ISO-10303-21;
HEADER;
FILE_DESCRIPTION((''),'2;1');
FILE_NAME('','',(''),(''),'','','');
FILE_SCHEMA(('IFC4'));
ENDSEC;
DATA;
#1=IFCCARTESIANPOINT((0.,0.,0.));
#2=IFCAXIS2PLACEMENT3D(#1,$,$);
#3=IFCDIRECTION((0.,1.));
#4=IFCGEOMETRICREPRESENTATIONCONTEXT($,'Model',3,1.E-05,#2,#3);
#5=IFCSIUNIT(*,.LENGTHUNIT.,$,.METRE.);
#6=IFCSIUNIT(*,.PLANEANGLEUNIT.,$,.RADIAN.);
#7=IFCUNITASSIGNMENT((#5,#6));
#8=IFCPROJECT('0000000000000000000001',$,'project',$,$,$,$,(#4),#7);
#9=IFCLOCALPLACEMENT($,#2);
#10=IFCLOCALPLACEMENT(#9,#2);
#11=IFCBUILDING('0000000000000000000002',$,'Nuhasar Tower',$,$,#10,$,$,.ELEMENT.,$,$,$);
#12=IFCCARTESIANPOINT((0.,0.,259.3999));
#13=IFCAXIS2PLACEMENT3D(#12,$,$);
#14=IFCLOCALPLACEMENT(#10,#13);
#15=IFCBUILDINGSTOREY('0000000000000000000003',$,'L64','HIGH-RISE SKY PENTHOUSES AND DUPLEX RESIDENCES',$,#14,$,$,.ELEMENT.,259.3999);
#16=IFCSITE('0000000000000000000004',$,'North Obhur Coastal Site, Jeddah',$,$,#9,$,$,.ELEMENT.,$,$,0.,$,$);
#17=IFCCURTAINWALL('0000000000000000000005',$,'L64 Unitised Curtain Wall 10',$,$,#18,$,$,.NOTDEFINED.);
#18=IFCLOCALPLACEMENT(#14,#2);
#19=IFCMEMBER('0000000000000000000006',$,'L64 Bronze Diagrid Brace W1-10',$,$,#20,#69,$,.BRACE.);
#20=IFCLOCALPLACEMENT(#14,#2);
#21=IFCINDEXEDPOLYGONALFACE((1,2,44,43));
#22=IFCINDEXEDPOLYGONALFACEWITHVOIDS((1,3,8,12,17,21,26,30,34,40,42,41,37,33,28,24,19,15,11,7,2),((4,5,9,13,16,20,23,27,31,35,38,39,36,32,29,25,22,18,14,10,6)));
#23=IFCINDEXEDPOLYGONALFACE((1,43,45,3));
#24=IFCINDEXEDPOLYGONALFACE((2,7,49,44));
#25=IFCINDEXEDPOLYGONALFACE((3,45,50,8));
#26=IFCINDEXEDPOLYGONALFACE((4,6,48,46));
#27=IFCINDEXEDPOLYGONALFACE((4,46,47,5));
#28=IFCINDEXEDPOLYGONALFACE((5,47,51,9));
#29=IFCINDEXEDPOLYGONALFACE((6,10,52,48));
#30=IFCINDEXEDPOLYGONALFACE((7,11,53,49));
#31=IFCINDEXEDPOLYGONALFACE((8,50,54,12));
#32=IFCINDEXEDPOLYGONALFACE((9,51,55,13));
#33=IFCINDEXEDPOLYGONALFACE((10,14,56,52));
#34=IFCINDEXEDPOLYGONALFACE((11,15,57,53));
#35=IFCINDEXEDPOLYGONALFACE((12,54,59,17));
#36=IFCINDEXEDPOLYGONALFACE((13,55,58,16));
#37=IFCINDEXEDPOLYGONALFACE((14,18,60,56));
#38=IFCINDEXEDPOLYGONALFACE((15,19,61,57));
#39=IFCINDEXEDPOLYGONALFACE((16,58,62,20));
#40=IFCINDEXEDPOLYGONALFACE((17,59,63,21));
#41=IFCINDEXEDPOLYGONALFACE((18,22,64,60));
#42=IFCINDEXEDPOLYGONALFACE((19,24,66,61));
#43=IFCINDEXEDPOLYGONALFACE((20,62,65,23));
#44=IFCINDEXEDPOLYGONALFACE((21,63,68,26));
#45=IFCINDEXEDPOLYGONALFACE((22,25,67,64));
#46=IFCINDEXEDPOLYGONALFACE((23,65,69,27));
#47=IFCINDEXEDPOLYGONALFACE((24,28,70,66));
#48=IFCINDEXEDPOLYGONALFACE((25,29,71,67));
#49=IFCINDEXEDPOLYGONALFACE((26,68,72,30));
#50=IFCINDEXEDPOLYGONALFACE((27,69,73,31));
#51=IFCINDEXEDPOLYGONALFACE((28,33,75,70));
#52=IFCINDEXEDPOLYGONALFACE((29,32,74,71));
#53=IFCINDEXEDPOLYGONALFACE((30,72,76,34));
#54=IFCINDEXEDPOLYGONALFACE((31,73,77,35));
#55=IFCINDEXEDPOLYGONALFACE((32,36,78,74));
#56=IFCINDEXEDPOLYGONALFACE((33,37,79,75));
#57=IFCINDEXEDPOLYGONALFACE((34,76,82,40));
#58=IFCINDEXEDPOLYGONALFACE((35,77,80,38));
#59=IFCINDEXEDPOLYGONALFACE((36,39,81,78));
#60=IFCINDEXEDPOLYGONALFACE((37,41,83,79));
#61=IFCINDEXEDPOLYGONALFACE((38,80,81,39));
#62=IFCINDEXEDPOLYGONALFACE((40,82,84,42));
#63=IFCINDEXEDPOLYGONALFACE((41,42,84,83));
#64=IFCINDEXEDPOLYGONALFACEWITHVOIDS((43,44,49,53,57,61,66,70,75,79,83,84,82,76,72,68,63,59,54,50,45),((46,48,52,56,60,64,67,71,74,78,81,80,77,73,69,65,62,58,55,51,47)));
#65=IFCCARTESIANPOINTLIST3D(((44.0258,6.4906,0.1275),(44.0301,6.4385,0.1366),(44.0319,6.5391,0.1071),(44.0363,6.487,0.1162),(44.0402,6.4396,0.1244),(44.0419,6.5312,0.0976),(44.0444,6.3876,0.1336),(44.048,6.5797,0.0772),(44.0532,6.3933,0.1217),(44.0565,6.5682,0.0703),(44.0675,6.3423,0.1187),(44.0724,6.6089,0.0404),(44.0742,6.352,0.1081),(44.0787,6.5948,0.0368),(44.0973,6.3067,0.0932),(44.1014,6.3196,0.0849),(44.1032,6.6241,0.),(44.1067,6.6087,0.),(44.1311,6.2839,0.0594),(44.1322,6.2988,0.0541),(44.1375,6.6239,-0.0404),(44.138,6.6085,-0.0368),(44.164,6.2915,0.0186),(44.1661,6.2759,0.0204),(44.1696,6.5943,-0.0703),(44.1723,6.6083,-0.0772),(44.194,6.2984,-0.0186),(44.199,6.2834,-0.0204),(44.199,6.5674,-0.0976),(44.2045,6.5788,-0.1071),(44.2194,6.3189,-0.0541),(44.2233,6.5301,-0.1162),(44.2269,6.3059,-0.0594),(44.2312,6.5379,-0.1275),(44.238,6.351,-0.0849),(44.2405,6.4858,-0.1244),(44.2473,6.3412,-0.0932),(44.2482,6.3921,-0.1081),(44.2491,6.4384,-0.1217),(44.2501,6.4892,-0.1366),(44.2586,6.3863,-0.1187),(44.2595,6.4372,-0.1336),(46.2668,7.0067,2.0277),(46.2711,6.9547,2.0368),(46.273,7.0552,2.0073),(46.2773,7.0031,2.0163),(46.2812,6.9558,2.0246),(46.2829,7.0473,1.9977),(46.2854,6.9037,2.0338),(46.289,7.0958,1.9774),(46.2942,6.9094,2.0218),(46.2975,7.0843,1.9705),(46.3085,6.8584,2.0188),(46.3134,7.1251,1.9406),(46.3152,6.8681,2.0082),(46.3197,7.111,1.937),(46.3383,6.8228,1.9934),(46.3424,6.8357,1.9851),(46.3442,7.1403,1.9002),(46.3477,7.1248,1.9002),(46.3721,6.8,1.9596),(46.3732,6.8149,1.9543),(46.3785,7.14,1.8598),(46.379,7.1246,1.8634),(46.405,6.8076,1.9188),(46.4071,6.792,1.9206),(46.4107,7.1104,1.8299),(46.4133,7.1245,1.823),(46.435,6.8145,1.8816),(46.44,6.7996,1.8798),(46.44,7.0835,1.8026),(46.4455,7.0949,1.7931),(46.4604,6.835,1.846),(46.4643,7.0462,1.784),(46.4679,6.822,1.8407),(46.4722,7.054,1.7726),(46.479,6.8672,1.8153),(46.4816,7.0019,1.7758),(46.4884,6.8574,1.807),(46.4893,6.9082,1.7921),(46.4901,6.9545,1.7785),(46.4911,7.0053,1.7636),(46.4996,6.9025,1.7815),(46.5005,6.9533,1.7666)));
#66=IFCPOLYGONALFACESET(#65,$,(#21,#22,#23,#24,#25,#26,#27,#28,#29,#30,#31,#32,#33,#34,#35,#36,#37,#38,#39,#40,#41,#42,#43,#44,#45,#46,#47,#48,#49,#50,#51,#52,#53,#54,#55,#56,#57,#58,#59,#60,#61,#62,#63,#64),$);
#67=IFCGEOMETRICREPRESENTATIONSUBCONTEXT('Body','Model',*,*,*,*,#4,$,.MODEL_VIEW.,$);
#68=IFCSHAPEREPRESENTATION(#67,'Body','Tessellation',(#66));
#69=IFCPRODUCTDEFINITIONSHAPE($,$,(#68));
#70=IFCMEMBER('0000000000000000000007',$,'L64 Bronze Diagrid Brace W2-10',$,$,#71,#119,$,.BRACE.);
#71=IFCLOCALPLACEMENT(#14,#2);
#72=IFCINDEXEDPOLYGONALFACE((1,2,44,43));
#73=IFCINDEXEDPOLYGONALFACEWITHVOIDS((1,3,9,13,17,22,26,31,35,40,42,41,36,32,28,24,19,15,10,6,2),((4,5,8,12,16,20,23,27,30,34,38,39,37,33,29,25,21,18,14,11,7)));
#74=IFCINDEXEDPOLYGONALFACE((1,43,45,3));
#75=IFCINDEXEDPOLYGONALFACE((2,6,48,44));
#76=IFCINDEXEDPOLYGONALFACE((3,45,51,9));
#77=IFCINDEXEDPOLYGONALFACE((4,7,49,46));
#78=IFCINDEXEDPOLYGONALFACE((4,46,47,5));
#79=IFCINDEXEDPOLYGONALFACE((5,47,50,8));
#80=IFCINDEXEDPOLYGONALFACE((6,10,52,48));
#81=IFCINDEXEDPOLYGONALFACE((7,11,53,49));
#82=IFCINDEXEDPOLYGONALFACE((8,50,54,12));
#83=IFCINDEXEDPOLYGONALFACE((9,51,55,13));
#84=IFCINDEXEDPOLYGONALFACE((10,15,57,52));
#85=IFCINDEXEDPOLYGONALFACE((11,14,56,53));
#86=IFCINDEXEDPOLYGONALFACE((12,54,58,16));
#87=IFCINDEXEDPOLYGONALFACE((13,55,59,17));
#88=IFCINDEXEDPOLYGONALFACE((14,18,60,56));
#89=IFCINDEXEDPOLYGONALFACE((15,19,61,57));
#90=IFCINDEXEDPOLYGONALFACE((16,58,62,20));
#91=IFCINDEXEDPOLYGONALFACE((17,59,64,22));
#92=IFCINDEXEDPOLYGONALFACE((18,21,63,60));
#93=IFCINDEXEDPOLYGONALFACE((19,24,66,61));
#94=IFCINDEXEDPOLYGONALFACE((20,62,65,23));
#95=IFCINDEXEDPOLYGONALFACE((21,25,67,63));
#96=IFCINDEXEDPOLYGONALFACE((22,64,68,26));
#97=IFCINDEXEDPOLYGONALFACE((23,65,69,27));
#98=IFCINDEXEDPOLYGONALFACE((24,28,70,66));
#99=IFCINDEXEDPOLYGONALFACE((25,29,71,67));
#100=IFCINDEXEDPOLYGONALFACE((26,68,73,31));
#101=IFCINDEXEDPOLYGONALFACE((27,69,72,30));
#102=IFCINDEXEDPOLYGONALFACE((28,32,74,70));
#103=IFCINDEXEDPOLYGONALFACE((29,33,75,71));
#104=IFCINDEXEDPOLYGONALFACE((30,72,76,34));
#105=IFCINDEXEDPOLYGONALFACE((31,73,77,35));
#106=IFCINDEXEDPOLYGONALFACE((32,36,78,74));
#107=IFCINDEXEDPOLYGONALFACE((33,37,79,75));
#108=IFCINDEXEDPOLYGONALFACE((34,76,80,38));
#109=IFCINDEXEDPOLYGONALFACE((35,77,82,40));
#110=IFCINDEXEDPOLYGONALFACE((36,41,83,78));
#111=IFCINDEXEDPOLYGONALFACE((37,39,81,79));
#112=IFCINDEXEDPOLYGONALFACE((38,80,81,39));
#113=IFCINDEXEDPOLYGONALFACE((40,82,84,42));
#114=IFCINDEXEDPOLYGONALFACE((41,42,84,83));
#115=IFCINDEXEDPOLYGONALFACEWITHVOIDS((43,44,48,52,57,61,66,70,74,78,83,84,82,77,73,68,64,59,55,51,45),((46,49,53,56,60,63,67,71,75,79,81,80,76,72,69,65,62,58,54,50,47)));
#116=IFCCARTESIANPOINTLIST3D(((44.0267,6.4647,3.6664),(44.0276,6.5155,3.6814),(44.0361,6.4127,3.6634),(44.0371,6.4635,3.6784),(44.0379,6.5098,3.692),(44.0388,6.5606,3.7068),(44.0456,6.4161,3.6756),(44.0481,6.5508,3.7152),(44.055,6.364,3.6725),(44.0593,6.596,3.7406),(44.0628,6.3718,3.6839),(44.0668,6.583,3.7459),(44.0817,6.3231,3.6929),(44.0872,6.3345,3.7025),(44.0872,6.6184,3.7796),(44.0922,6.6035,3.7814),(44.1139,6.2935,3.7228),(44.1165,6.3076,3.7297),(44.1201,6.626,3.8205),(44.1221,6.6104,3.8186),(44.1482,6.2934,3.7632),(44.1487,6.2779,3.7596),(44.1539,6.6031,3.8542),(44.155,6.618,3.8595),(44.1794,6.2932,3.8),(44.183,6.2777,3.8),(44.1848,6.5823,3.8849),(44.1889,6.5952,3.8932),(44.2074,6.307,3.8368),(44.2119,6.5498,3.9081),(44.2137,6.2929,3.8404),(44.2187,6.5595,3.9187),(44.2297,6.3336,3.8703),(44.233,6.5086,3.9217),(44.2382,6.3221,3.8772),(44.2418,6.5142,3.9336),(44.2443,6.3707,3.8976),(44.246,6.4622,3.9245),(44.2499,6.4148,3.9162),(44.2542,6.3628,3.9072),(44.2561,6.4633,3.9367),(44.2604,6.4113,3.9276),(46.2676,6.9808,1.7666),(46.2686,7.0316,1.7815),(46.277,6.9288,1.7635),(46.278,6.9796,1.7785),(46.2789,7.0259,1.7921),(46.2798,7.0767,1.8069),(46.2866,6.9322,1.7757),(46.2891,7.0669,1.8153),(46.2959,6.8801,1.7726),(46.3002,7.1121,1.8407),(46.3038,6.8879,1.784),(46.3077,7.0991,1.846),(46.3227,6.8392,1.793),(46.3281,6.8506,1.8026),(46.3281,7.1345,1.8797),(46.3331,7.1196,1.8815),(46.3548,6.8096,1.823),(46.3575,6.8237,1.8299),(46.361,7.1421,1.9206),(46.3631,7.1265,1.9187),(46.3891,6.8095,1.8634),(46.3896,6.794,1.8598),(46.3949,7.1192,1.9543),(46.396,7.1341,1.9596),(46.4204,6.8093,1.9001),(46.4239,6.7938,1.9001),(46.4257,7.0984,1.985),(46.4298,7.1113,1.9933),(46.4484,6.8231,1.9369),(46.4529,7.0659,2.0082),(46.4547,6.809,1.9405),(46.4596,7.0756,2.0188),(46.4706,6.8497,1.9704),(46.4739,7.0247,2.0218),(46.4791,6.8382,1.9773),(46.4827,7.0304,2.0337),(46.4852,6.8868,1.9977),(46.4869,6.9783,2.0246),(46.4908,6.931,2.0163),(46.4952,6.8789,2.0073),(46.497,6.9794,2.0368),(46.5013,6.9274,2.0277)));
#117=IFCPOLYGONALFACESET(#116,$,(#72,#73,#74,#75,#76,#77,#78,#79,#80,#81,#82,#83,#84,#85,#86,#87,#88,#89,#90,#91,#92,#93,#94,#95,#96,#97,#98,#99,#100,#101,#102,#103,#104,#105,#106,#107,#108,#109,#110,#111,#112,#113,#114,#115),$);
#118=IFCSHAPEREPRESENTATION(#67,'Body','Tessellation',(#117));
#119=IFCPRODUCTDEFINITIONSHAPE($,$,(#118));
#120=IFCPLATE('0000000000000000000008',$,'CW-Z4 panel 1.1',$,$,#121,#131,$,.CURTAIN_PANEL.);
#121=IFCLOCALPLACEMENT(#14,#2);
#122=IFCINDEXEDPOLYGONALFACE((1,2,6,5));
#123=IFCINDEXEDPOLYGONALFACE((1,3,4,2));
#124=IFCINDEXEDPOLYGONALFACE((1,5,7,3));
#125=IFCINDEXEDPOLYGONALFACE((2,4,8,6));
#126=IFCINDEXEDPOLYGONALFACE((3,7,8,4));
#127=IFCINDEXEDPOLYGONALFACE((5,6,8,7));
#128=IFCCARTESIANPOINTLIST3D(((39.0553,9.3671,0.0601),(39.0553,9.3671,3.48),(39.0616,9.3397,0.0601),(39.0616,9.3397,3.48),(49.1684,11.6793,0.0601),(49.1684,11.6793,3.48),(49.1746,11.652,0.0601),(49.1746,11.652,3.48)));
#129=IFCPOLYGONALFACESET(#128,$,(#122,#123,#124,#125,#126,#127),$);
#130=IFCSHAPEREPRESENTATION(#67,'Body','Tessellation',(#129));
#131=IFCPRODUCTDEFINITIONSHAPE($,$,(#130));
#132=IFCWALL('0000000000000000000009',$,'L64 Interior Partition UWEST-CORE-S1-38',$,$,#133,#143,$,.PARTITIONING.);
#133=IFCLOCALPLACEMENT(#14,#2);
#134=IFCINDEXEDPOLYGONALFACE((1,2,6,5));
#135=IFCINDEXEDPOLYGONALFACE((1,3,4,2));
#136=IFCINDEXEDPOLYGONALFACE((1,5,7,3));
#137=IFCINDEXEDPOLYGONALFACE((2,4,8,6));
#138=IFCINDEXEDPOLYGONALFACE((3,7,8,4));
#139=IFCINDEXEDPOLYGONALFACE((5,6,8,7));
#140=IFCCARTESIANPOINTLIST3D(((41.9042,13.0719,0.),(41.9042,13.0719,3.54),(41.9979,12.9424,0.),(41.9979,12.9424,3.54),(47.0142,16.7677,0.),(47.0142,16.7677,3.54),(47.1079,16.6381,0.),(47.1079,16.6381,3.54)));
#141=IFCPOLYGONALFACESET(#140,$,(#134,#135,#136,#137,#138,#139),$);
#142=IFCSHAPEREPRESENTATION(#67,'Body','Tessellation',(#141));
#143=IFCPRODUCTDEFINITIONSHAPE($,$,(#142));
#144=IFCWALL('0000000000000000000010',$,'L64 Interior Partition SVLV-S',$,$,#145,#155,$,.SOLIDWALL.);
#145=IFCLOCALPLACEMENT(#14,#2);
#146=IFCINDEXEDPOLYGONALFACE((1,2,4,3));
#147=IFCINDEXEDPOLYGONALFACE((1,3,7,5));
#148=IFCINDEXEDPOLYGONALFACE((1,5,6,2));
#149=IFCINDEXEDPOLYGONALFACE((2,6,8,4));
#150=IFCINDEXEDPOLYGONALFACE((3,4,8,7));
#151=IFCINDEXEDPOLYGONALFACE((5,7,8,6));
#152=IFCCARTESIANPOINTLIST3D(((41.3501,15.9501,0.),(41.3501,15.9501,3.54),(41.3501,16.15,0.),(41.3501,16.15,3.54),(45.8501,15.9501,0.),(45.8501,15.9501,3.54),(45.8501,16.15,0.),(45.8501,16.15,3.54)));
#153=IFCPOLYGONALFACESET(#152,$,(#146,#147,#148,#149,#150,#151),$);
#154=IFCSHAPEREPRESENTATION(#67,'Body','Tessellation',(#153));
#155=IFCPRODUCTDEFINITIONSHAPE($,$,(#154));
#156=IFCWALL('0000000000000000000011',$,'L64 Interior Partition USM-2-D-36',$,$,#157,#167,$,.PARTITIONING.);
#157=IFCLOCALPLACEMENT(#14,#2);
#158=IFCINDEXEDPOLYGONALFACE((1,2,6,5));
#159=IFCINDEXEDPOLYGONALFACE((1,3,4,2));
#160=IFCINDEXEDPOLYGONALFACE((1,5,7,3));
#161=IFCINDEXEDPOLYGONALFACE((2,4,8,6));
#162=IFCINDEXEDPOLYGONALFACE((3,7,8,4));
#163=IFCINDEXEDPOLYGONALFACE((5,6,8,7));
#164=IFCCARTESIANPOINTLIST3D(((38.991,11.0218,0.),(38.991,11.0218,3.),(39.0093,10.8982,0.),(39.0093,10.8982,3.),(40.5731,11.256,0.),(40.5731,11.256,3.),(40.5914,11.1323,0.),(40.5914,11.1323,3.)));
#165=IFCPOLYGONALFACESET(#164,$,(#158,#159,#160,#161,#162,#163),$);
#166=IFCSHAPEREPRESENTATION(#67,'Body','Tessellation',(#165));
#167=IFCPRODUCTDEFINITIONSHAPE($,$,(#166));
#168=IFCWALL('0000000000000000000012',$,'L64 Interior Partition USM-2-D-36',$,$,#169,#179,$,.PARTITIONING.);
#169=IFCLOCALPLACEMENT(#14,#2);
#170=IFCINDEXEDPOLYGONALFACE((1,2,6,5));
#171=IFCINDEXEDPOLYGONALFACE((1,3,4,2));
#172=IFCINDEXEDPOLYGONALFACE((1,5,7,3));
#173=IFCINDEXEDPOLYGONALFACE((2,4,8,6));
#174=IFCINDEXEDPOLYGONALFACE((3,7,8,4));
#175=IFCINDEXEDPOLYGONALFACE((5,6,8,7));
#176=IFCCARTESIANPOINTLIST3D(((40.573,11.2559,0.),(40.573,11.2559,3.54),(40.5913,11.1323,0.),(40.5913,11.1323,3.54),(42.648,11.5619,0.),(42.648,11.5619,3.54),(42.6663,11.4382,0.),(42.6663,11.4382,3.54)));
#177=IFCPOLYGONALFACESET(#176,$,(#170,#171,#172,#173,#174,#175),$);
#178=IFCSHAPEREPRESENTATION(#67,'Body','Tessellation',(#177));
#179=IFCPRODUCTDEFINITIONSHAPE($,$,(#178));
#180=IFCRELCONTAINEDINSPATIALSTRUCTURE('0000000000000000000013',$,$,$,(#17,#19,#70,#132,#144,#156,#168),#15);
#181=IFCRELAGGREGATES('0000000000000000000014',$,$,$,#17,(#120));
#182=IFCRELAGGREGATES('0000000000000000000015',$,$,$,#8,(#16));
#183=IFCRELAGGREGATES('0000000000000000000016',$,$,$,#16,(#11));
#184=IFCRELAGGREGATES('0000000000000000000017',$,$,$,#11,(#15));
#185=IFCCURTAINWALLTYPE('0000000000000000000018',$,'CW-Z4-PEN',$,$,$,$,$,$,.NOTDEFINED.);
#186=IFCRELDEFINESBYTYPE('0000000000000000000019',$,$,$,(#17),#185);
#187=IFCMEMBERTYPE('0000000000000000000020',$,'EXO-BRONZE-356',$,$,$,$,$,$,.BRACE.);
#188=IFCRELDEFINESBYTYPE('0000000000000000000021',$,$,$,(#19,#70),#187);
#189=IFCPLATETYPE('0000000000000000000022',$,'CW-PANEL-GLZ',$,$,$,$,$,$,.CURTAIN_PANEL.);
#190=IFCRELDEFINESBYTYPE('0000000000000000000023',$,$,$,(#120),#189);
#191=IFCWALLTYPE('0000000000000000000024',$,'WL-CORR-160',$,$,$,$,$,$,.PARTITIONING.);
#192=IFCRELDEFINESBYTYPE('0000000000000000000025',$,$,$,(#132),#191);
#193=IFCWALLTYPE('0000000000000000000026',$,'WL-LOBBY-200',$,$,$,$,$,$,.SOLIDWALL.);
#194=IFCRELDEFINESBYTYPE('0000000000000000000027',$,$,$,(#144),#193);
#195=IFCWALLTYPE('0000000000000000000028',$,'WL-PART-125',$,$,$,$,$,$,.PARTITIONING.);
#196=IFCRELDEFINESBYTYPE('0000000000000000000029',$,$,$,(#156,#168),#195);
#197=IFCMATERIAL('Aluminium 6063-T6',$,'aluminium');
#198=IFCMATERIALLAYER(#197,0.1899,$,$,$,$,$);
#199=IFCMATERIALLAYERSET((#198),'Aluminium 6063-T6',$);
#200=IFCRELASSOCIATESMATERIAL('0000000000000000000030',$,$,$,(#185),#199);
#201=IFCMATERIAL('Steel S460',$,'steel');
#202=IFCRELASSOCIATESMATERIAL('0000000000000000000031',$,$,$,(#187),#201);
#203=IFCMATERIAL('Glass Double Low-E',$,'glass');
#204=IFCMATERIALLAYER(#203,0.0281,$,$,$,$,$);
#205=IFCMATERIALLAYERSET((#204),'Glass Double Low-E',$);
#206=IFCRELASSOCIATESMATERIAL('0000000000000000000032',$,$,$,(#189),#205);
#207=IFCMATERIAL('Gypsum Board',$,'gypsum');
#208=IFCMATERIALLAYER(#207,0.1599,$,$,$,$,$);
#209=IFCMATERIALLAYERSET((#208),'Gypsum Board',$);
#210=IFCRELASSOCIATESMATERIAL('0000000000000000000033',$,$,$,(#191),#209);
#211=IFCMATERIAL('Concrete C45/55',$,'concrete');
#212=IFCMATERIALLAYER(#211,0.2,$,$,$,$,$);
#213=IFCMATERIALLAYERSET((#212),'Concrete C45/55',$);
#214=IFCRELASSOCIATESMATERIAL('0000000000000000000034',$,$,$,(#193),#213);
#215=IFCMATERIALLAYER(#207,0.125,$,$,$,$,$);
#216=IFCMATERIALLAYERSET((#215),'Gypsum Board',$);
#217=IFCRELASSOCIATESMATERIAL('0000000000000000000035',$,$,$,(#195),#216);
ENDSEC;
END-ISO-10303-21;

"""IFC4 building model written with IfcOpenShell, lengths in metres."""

from ifc_helpers import new_model, si_unit, direction, frame, frame_2d, origin, origin_2d, place, context, subcontext, project, spatial, rectangle, hollow_circle, extrude, material, layer, layer_set, material_profile, profile_set, type_object, element, aggregate, save


model = new_model("IFC4")

# Units and contexts
model_context = context("Model", 3, precision=1e-05, world=origin(), true_north=direction((0.0, 1.0)))
body_context = subcontext(model_context, "Body", "Model", "MODEL_VIEW")
ifc_project = project(units=[si_unit("LENGTHUNIT", "METRE"), si_unit("PLANEANGLEUNIT", "RADIAN")], contexts=[model_context])

# Site, building, storey
site_placement = place(None, origin())
site = spatial("IfcSite", under=ifc_project, at=site_placement, Name="North Obhur Coastal Site, Jeddah", CompositionType="ELEMENT", RefElevation=0.0)
building_placement = place(site_placement, origin())
building = spatial("IfcBuilding", under=site, at=building_placement, Name="Nuhasar Tower", CompositionType="ELEMENT")
storey_placement = place(building_placement, frame((0.0, 0.0, 259.3999)))
storey = spatial("IfcBuildingStorey", under=building, at=storey_placement, Name="L64", Description="HIGH-RISE SKY PENTHOUSES AND DUPLEX RESIDENCES", CompositionType="ELEMENT", Elevation=259.3999)

# Curtain wall
ifc_material_1 = material(Name="Aluminium 6063-T6", Category="aluminium")
ifc_layer_1 = layer(ifc_material_1, 0.1899)
ifc_layer_set_1 = layer_set([ifc_layer_1], Name="Aluminium 6063-T6")
curtain_wall_type = type_object("IfcCurtainWallType", Name="CW-Z4-PEN", PredefinedType="NOTDEFINED", material=ifc_layer_set_1)
curtain_wall_placement = place(storey_placement, origin())
curtain_wall = element("IfcCurtainWall", 1, at=curtain_wall_placement, inside=storey, type_object=curtain_wall_type, Name="L64 Unitised Curtain Wall 10", PredefinedType="NOTDEFINED")

# Members
ifc_material_2 = material(Name="Steel S460", Category="steel")
ifc_material_profile_1 = material_profile(ifc_material_2, hollow_circle(Radius=0.1777, WallThickness=0.0159, at=origin_2d()), Name="HSS355.6X15.9")
ifc_profile_set_1 = profile_set([ifc_material_profile_1], Name="Steel S460")
member_type_1 = type_object("IfcMemberType", Name="EXO-BRONZE-356", PredefinedType="BRACE", material=ifc_profile_set_1)
member_1_placement = place(storey_placement, frame((44.1431, 6.4509, 0.0), z_axis=(0.751222, 0.173013, 0.636971), x_axis=(-0.224433, 0.97449, 0.0)))
element("IfcMember", 2, at=member_1_placement, inside=storey, type_object=member_type_1, Name="L64 Bronze Diagrid Brace W1-10", PredefinedType="BRACE", context=body_context, shape_type="SweptSolid", body=[
    extrude(hollow_circle(Radius=0.1777, WallThickness=0.0159, at=origin_2d()), origin(), (0.0, 0.0, 1.0), 2.9832),
])
member_2_placement = place(storey_placement, frame((46.384, 6.967, 1.9001), z_axis=(-0.751261, -0.173022, 0.636923), x_axis=(0.224433, -0.97449, 0.0)))
element("IfcMember", 3, at=member_2_placement, inside=storey, type_object=member_type_1, Name="L64 Bronze Diagrid Brace W2-10", PredefinedType="BRACE", context=body_context, shape_type="SweptSolid", body=[
    extrude(hollow_circle(Radius=0.1777, WallThickness=0.0159, at=origin_2d()), origin(), (0.0, 0.0, 1.0), 2.9829),
])

# Plate
ifc_material_3 = material(Name="Glass Double Low-E", Category="glass")
ifc_layer_2 = layer(ifc_material_3, 0.0281)
ifc_layer_set_2 = layer_set([ifc_layer_2], Name="Glass Double Low-E")
plate_type = type_object("IfcPlateType", Name="CW-PANEL-GLZ", PredefinedType="CURTAIN_PANEL", material=ifc_layer_set_2)
plate_placement = place(storey_placement, frame((44.115, 10.5095, 0.0601), z_axis=(0.0, 0.0, 1.0), x_axis=(0.974844, 0.222889, 0.0)))
plate = element("IfcPlate", 4, at=plate_placement, type_object=plate_type, Name="CW-Z4 panel 1.1", PredefinedType="CURTAIN_PANEL", context=body_context, shape_type="SweptSolid", body=[
    extrude(rectangle(XDim=10.374, YDim=0.0281, at=origin_2d()), origin(), (0.0, 0.0, 1.0), 3.4199),
])
aggregate(curtain_wall, [plate])

# Wall
ifc_material_4 = material(Name="Gypsum Board", Category="gypsum")
ifc_layer_3 = layer(ifc_material_4, 0.1599)
ifc_layer_set_3 = layer_set([ifc_layer_3], Name="Gypsum Board")
wall_type_1 = type_object("IfcWallType", Name="WL-CORR-160", PredefinedType="PARTITIONING", material=ifc_layer_set_3)
wall_1_placement = place(storey_placement, frame((41.9509, 13.0071, 0.0), z_axis=(0.0, 0.0, 1.0), x_axis=(0.81029, 0.586029, 0.0)))
element("IfcWall", 5, at=wall_1_placement, inside=storey, type_object=wall_type_1, Name="L64 Interior Partition UWEST-CORE-S1-38", PredefinedType="PARTITIONING", context=body_context, shape_type="SweptSolid", body=[
    extrude(rectangle(XDim=6.3064, YDim=0.1599, at=frame_2d((3.1533, 0.0))), origin(), (0.0, 0.0, 1.0), 3.54),
])

# Shared definitions
ifc_material_5 = material(Name="Concrete C45/55", Category="concrete")
ifc_layer_4 = layer(ifc_material_5, 0.2)
ifc_layer_set_4 = layer_set([ifc_layer_4], Name="Concrete C45/55")
wall_type_2 = type_object("IfcWallType", Name="WL-LOBBY-200", PredefinedType="SOLIDWALL", material=ifc_layer_set_4)

# Walls
wall_2_placement = place(storey_placement, frame((41.3501, 16.05, 0.0), z_axis=(0.0, 0.0, 1.0), x_axis=(1.0, 0.0, 0.0)))
element("IfcWall", 6, at=wall_2_placement, inside=storey, type_object=wall_type_2, Name="L64 Interior Partition SVLV-S", PredefinedType="SOLIDWALL", context=body_context, shape_type="SweptSolid", body=[
    extrude(rectangle(XDim=4.5, YDim=0.2, at=frame_2d((2.25, 0.0))), origin(), (0.0, 0.0, 1.0), 3.54),
])
ifc_layer_5 = layer(ifc_material_4, 0.125)
ifc_layer_set_5 = layer_set([ifc_layer_5], Name="Gypsum Board")
wall_type_3 = type_object("IfcWallType", Name="WL-PART-125", PredefinedType="PARTITIONING", material=ifc_layer_set_5)
wall_3_placement = place(storey_placement, frame((39.0, 10.96, 0.0), z_axis=(0.0, 0.0, 1.0), x_axis=(0.989226, 0.146399, 0.0)))
element("IfcWall", 7, at=wall_3_placement, inside=storey, type_object=wall_type_3, Name="L64 Interior Partition USM-2-D-36", PredefinedType="PARTITIONING", context=body_context, shape_type="SweptSolid", body=[
    extrude(rectangle(XDim=1.5994, YDim=0.125, at=frame_2d((0.7998, 0.0))), origin(), (0.0, 0.0, 1.0), 3.0),
])
wall_4_placement = place(storey_placement, frame((40.582, 11.1941, 0.0), z_axis=(0.0, 0.0, 1.0), x_axis=(0.989306, 0.145853, 0.0)))
element("IfcWall", 8, at=wall_4_placement, inside=storey, type_object=wall_type_3, Name="L64 Interior Partition USM-2-D-36", PredefinedType="PARTITIONING", context=body_context, shape_type="SweptSolid", body=[
    extrude(rectangle(XDim=2.0974, YDim=0.125, at=frame_2d((1.0488, 0.0))), origin(), (0.0, 0.0, 1.0), 3.54),
])

save(model, "model.ifc")
